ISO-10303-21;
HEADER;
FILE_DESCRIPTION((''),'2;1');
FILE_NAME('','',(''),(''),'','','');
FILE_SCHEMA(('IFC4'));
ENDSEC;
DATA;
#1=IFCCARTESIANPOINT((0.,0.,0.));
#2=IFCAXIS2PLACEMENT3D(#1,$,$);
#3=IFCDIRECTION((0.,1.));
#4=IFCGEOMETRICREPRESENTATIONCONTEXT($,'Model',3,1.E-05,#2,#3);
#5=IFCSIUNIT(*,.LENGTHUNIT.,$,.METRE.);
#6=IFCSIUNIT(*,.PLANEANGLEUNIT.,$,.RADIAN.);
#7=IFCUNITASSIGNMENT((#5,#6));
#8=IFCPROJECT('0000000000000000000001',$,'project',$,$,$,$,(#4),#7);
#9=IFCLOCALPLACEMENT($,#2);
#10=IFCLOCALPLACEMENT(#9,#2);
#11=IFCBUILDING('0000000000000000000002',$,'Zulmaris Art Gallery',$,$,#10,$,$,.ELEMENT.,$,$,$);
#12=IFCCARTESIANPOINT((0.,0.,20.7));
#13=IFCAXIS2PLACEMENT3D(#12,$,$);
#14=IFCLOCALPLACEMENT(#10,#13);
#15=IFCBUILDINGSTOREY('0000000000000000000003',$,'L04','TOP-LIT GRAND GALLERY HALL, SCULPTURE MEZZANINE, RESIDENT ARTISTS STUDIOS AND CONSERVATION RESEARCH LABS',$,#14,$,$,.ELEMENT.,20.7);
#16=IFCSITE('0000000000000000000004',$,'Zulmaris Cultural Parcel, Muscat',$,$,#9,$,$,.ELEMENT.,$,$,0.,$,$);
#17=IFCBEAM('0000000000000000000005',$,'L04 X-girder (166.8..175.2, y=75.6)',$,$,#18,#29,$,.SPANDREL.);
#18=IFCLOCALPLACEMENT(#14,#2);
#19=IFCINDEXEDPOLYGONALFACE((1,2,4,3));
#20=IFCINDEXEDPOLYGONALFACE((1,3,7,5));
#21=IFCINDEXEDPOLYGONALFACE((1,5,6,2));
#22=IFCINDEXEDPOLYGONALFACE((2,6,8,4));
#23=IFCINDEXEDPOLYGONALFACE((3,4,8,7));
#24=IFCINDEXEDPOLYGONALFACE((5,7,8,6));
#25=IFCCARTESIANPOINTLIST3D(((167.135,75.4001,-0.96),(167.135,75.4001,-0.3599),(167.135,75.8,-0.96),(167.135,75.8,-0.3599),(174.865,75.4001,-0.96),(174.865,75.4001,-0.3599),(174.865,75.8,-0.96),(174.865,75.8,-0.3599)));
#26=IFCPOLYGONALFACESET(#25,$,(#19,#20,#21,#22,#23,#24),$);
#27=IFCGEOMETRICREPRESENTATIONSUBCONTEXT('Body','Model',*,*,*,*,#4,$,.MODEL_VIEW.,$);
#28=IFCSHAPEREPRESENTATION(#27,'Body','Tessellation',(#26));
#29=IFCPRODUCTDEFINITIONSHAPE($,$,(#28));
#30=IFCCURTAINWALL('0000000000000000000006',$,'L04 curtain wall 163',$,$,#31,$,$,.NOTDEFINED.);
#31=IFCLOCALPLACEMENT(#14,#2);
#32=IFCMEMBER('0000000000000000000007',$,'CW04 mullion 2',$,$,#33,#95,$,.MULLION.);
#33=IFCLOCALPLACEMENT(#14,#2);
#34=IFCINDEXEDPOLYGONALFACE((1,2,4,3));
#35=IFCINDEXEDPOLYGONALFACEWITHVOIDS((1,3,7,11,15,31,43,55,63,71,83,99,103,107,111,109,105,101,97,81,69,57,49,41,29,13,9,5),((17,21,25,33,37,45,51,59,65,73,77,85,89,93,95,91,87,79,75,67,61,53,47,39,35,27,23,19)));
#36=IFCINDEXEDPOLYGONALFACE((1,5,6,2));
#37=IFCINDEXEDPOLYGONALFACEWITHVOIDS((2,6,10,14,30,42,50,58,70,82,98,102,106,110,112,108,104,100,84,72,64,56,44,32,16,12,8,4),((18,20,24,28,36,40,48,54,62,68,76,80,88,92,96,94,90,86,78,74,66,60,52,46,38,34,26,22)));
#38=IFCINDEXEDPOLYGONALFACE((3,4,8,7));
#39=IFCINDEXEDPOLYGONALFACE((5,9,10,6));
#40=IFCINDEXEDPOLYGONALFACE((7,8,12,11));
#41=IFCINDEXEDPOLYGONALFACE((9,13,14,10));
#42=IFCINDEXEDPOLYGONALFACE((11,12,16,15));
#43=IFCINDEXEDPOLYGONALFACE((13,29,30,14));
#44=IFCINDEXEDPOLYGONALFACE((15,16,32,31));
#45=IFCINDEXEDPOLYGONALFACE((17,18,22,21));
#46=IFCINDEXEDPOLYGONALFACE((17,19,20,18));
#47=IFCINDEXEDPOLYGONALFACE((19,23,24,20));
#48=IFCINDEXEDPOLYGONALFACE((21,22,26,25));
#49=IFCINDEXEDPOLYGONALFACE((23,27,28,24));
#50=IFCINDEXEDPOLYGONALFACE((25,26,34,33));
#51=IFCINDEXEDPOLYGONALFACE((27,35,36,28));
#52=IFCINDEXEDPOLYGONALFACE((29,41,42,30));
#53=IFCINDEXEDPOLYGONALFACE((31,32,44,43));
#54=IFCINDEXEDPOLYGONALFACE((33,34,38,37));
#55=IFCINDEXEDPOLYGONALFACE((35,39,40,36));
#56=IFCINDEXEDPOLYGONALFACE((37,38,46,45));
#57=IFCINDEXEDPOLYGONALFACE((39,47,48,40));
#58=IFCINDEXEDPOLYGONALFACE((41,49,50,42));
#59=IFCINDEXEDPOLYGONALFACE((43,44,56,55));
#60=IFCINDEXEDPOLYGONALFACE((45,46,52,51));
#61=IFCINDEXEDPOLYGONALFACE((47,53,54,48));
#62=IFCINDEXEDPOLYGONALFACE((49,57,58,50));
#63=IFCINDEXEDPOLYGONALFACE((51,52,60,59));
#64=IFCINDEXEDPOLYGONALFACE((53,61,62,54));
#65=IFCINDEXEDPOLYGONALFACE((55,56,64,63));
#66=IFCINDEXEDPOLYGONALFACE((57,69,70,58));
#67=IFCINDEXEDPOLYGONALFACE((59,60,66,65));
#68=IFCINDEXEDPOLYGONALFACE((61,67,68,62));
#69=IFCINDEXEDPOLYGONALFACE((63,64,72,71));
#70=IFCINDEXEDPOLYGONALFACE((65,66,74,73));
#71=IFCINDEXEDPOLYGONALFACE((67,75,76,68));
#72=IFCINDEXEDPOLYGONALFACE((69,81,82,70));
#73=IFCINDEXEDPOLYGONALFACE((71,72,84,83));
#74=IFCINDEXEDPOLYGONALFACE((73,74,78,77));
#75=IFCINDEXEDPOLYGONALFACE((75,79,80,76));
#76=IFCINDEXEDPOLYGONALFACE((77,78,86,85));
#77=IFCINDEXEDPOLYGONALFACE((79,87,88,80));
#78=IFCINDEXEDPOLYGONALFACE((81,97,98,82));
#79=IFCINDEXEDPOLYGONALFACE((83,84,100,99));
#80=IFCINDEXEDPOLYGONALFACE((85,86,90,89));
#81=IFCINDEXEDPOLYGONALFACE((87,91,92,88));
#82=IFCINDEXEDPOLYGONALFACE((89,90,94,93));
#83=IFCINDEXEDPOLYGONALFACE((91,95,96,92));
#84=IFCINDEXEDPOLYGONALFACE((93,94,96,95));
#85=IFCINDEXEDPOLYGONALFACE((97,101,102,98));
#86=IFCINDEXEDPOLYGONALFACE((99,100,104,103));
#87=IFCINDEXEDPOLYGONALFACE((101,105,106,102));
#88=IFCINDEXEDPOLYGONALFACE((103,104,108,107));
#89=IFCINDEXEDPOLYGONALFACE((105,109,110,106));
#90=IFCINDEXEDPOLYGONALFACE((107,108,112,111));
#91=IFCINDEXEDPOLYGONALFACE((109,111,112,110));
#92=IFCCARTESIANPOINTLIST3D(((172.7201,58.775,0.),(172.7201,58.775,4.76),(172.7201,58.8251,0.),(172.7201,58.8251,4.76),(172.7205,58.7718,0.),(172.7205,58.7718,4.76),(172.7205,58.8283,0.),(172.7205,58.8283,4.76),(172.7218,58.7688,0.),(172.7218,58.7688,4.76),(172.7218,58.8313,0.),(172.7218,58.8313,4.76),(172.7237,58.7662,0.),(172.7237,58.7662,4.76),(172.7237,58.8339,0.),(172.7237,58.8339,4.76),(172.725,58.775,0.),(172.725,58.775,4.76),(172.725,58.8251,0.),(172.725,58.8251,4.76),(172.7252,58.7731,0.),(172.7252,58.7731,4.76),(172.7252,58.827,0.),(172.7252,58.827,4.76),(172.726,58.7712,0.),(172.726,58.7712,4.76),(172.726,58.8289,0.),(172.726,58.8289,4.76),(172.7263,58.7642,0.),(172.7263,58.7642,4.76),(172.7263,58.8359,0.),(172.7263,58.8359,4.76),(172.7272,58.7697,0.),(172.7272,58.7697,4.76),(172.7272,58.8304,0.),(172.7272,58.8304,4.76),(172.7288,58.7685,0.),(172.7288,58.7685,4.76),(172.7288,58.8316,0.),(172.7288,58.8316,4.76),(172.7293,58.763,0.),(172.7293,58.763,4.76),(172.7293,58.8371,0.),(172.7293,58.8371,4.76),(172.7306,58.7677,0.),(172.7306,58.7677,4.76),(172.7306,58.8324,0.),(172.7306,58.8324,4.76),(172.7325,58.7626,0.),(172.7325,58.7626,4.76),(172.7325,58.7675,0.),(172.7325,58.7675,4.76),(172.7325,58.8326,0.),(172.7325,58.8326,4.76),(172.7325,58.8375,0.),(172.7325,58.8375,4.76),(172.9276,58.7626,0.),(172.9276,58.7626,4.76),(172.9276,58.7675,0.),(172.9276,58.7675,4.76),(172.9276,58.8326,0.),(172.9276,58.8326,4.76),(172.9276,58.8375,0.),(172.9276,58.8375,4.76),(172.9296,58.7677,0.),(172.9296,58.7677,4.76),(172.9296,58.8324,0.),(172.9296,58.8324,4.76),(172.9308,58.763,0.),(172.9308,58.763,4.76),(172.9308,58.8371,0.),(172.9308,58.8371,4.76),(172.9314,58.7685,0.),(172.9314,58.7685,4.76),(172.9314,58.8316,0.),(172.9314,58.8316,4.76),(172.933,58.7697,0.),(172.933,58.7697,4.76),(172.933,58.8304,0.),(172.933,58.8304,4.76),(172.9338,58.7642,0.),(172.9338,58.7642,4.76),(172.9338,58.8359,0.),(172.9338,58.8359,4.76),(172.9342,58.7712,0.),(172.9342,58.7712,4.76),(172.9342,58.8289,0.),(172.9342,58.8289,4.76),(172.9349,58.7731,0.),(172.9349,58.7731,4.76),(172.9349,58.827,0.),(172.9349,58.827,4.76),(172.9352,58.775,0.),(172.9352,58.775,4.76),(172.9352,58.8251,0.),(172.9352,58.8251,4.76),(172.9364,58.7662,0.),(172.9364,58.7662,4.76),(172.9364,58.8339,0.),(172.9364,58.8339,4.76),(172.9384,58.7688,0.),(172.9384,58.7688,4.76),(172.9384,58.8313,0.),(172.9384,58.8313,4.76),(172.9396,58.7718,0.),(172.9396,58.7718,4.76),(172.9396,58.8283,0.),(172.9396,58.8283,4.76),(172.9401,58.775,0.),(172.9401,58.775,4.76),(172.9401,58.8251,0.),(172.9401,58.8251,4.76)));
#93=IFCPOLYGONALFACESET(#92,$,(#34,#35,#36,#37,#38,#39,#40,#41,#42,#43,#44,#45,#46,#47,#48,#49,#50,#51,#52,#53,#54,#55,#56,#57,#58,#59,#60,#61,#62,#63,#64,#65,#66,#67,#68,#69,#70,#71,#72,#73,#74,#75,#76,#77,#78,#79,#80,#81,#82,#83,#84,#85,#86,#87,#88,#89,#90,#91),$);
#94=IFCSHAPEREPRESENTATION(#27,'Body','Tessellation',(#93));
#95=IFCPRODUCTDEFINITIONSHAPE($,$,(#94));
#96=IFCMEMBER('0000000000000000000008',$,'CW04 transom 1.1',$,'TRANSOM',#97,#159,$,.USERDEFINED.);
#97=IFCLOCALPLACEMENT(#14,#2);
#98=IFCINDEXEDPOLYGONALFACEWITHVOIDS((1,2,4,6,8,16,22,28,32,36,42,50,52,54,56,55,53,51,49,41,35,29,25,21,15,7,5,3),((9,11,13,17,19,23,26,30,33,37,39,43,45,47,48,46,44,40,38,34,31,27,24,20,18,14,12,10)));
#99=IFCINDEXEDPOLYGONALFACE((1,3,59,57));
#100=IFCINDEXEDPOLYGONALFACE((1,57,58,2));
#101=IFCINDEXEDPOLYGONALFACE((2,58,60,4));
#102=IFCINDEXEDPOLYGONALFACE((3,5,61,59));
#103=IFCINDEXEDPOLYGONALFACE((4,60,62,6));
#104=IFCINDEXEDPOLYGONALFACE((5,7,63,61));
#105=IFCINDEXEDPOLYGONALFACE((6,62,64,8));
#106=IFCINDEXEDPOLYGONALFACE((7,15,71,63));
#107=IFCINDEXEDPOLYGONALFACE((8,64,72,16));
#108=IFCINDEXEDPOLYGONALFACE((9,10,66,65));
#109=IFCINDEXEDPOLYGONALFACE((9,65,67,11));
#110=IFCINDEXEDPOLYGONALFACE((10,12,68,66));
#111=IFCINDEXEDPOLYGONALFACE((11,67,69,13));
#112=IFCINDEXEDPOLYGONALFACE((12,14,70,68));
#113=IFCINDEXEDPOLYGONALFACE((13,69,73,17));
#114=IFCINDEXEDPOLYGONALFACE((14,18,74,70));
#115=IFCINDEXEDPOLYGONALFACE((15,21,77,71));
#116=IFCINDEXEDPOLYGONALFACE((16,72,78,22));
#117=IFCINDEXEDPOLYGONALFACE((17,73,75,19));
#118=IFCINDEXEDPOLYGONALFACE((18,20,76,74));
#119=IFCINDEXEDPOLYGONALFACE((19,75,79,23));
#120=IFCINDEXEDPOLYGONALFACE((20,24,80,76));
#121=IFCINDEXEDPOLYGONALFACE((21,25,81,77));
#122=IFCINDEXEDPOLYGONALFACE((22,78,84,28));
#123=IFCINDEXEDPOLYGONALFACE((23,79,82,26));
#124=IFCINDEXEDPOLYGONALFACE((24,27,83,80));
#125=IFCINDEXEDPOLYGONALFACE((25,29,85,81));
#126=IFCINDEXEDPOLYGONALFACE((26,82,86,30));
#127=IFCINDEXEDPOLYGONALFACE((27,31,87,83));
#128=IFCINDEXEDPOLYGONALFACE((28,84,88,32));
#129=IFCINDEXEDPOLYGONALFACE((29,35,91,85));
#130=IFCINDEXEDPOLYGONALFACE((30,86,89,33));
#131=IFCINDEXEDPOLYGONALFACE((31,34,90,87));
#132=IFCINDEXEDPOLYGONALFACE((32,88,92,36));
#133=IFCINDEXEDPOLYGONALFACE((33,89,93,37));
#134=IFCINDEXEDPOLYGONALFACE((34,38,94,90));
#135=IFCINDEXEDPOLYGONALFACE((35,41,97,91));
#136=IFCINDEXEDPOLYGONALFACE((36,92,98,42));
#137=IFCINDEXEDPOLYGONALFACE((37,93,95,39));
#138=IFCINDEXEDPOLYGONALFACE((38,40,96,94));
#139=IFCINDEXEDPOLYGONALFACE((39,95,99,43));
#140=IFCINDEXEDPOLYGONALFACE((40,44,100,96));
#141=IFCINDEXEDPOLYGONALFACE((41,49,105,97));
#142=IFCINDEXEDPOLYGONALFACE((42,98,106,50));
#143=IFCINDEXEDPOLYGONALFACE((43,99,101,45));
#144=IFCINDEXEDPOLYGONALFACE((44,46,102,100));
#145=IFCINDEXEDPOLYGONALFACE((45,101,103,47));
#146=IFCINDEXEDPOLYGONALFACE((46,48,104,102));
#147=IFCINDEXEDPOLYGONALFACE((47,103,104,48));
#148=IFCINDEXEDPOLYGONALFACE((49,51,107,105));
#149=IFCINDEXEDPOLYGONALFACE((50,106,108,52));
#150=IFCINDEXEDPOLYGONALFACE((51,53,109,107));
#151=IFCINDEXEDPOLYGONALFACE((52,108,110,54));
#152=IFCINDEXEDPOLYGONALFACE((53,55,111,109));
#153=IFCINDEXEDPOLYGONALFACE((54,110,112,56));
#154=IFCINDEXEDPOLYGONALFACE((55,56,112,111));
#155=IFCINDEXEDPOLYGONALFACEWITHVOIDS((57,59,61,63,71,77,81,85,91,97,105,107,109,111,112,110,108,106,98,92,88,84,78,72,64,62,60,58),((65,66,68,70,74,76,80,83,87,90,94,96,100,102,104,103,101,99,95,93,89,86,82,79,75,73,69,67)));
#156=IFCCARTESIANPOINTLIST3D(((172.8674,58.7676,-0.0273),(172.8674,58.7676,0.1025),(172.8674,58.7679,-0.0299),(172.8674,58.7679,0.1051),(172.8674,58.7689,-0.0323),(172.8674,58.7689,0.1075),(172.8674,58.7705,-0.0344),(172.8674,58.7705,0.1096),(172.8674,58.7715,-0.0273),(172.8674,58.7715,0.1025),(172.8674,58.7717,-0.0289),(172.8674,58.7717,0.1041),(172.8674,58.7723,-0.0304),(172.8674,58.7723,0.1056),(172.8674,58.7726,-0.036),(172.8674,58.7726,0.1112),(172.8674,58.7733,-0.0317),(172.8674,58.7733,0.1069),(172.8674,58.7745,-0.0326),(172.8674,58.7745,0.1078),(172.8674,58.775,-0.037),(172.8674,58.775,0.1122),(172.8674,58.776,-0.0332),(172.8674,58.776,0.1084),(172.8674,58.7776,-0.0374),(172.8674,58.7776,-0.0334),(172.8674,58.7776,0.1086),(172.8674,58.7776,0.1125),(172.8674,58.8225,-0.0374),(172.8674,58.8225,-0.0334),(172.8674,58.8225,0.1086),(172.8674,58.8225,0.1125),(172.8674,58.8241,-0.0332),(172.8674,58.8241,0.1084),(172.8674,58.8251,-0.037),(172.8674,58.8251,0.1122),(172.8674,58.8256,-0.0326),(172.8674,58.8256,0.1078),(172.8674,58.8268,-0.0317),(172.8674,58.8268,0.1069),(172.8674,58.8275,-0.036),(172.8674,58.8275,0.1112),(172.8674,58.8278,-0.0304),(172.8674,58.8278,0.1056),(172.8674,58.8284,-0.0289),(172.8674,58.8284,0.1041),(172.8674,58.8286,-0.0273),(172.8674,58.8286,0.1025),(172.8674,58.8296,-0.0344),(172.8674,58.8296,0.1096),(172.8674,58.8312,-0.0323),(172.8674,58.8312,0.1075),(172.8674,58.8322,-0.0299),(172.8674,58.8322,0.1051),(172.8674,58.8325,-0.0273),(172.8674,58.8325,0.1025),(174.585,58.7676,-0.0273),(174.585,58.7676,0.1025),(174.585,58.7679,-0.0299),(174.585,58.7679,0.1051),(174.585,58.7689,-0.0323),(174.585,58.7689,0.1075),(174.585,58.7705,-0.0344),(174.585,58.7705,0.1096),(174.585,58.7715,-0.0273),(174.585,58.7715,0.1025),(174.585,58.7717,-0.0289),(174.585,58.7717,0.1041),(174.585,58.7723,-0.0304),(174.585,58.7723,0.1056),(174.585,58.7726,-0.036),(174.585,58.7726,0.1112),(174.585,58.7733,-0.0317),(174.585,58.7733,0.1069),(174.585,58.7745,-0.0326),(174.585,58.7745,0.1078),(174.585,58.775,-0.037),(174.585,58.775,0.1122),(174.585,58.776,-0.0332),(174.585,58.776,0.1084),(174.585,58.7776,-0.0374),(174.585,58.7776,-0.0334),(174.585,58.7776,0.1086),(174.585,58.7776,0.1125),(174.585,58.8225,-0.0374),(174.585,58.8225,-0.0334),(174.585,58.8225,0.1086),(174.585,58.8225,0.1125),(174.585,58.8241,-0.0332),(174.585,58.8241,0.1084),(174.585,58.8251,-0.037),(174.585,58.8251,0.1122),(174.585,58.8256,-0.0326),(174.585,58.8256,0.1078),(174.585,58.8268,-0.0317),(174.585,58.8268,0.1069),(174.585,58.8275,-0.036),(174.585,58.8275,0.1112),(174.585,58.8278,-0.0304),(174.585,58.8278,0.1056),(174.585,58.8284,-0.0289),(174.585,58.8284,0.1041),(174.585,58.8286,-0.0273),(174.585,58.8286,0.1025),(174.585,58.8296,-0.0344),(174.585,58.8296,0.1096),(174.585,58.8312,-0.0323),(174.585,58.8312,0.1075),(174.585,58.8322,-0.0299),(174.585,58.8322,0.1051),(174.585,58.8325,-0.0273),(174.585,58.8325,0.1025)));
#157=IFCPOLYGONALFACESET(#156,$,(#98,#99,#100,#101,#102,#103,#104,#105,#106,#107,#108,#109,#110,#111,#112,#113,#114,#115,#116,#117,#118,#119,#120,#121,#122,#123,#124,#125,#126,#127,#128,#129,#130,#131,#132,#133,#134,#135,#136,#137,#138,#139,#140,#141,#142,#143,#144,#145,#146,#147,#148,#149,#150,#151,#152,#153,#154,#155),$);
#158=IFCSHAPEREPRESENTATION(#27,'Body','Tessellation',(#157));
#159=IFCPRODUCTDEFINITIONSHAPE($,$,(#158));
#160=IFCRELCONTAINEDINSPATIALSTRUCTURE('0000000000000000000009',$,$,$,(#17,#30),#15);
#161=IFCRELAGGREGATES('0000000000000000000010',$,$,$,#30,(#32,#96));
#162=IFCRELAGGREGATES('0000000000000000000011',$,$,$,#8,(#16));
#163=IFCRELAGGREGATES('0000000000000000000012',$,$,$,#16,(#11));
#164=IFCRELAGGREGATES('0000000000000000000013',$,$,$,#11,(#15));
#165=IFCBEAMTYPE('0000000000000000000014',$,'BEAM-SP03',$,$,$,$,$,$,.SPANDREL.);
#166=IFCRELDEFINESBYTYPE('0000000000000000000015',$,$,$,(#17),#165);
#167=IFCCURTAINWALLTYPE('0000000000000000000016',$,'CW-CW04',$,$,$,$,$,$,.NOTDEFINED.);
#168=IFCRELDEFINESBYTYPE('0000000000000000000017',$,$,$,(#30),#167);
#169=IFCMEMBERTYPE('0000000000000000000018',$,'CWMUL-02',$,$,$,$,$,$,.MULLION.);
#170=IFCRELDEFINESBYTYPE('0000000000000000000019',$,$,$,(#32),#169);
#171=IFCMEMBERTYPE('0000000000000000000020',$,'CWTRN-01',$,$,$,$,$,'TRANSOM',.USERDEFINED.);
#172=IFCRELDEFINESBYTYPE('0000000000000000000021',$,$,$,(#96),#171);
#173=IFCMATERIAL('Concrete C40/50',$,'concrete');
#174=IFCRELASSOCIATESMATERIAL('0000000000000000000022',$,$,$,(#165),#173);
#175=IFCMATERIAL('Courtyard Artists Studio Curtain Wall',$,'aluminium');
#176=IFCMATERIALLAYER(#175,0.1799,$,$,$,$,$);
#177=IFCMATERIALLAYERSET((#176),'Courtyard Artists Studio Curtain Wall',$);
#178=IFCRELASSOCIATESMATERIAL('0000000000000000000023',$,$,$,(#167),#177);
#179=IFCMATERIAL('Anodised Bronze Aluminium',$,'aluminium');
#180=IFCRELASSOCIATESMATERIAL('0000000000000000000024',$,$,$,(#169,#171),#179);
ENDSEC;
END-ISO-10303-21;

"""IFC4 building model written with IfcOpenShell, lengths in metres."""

from ifc_helpers import new_model, si_unit, direction, frame, origin, origin_2d, place, context, subcontext, project, spatial, rectangle, hollow_rectangle, extrude, material, layer, layer_set, material_profile, profile_set, type_object, element, aggregate, save


model = new_model("IFC4")

# Units and contexts
model_context = context("Model", 3, precision=1e-05, world=origin(), true_north=direction((0.0, 1.0)))
body_context = subcontext(model_context, "Body", "Model", "MODEL_VIEW")
ifc_project = project(units=[si_unit("LENGTHUNIT", "METRE"), si_unit("PLANEANGLEUNIT", "RADIAN")], contexts=[model_context])

# Site, building, storey
site_placement = place(None, origin())
site = spatial("IfcSite", under=ifc_project, at=site_placement, Name="Zulmaris Cultural Parcel, Muscat", CompositionType="ELEMENT", RefElevation=0.0)
building_placement = place(site_placement, origin())
building = spatial("IfcBuilding", under=site, at=building_placement, Name="Zulmaris Art Gallery", CompositionType="ELEMENT")
storey_placement = place(building_placement, frame((0.0, 0.0, 20.7)))
storey = spatial("IfcBuildingStorey", under=building, at=storey_placement, Name="L04", Description="TOP-LIT GRAND GALLERY HALL, SCULPTURE MEZZANINE, RESIDENT ARTISTS STUDIOS AND CONSERVATION RESEARCH LABS", CompositionType="ELEMENT", Elevation=20.7)

# Shared definitions
ifc_material_1 = material(Name="Concrete C40/50", Category="concrete")

# Beam
ifc_material_profile_1 = material_profile(ifc_material_1, rectangle(XDim=0.3999, YDim=0.6001, at=origin_2d()), Name="RC 400x600")
ifc_profile_set_1 = profile_set([ifc_material_profile_1], Name="Concrete C40/50")
beam_type_1 = type_object("IfcBeamType", Name="BEAM-SP03", PredefinedType="SPANDREL", material=ifc_profile_set_1)
beam_1_placement = place(storey_placement, frame((167.135, 75.6001, -0.6599), z_axis=(1.0, 0.0, 0.0), x_axis=(0.0, 1.0, 0.0)))
element("IfcBeam", 1, at=beam_1_placement, inside=storey, type_object=beam_type_1, Name="L04 X-girder (166.8..175.2, y=75.6)", PredefinedType="SPANDREL", context=body_context, shape_type="SweptSolid", body=[
    extrude(rectangle(XDim=0.3999, YDim=0.6001, at=origin_2d()), origin(), (0.0, 0.0, 1.0), 7.73),
])

# Curtain wall, members
ifc_material_2 = material(Name="Courtyard Artists Studio Curtain Wall", Category="aluminium")
ifc_layer_1 = layer(ifc_material_2, 0.1799)
ifc_layer_set_1 = layer_set([ifc_layer_1], Name="Courtyard Artists Studio Curtain Wall")
curtain_wall_type = type_object("IfcCurtainWallType", Name="CW-CW04", PredefinedType="NOTDEFINED", material=ifc_layer_set_1)
curtain_wall_placement = place(storey_placement, origin())
curtain_wall = element("IfcCurtainWall", 2, at=curtain_wall_placement, inside=storey, type_object=curtain_wall_type, Name="L04 curtain wall 163", PredefinedType="NOTDEFINED")
ifc_material_3 = material(Name="Anodised Bronze Aluminium", Category="aluminium")
ifc_material_profile_2 = material_profile(ifc_material_3, hollow_rectangle(XDim=0.075, YDim=0.22, WallThickness=0.0049, InnerFilletRadius=0.0076, OuterFilletRadius=0.0125, at=origin_2d()), Name="ALU 75x220x5")
ifc_profile_set_2 = profile_set([ifc_material_profile_2], Name="Anodised Bronze Aluminium")
member_type_1 = type_object("IfcMemberType", Name="CWMUL-02", PredefinedType="MULLION", material=ifc_profile_set_2)
member_1_placement = place(storey_placement, frame((172.8301, 58.8, 0.0), z_axis=(0.0, 0.0, 1.0), x_axis=(0.0, -1.0, 0.0)))
member_1 = element("IfcMember", 3, at=member_1_placement, type_object=member_type_1, Name="CW04 mullion 2", PredefinedType="MULLION", context=body_context, shape_type="SweptSolid", body=[
    extrude(hollow_rectangle(XDim=0.075, YDim=0.22, WallThickness=0.0049, InnerFilletRadius=0.0076, OuterFilletRadius=0.0125, at=origin_2d()), origin(), (0.0, 0.0, 1.0), 4.76),
])
ifc_material_profile_3 = material_profile(ifc_material_3, hollow_rectangle(XDim=0.0649, YDim=0.1499, WallThickness=0.0039, InnerFilletRadius=0.0061, OuterFilletRadius=0.01, at=origin_2d()), Name="ALU 65x150x4")
ifc_profile_set_3 = profile_set([ifc_material_profile_3], Name="Anodised Bronze Aluminium")
member_type_2 = type_object("IfcMemberType", Name="CWTRN-01", ElementType="TRANSOM", PredefinedType="USERDEFINED", material=ifc_profile_set_3)
member_2_placement = place(storey_placement, frame((174.585, 58.8, 0.0376), z_axis=(-1.0, 0.0, 0.0), x_axis=(0.0, -1.0, 0.0)))
member_2 = element("IfcMember", 4, at=member_2_placement, type_object=member_type_2, Name="CW04 transom 1.1", ObjectType="TRANSOM", PredefinedType="USERDEFINED", context=body_context, shape_type="SweptSolid", body=[
    extrude(hollow_rectangle(XDim=0.0649, YDim=0.1499, WallThickness=0.0039, InnerFilletRadius=0.0061, OuterFilletRadius=0.01, at=origin_2d()), origin(), (0.0, 0.0, 1.0), 1.7175),
])
aggregate(curtain_wall, [member_1, member_2])

save(model, "model.ifc")
